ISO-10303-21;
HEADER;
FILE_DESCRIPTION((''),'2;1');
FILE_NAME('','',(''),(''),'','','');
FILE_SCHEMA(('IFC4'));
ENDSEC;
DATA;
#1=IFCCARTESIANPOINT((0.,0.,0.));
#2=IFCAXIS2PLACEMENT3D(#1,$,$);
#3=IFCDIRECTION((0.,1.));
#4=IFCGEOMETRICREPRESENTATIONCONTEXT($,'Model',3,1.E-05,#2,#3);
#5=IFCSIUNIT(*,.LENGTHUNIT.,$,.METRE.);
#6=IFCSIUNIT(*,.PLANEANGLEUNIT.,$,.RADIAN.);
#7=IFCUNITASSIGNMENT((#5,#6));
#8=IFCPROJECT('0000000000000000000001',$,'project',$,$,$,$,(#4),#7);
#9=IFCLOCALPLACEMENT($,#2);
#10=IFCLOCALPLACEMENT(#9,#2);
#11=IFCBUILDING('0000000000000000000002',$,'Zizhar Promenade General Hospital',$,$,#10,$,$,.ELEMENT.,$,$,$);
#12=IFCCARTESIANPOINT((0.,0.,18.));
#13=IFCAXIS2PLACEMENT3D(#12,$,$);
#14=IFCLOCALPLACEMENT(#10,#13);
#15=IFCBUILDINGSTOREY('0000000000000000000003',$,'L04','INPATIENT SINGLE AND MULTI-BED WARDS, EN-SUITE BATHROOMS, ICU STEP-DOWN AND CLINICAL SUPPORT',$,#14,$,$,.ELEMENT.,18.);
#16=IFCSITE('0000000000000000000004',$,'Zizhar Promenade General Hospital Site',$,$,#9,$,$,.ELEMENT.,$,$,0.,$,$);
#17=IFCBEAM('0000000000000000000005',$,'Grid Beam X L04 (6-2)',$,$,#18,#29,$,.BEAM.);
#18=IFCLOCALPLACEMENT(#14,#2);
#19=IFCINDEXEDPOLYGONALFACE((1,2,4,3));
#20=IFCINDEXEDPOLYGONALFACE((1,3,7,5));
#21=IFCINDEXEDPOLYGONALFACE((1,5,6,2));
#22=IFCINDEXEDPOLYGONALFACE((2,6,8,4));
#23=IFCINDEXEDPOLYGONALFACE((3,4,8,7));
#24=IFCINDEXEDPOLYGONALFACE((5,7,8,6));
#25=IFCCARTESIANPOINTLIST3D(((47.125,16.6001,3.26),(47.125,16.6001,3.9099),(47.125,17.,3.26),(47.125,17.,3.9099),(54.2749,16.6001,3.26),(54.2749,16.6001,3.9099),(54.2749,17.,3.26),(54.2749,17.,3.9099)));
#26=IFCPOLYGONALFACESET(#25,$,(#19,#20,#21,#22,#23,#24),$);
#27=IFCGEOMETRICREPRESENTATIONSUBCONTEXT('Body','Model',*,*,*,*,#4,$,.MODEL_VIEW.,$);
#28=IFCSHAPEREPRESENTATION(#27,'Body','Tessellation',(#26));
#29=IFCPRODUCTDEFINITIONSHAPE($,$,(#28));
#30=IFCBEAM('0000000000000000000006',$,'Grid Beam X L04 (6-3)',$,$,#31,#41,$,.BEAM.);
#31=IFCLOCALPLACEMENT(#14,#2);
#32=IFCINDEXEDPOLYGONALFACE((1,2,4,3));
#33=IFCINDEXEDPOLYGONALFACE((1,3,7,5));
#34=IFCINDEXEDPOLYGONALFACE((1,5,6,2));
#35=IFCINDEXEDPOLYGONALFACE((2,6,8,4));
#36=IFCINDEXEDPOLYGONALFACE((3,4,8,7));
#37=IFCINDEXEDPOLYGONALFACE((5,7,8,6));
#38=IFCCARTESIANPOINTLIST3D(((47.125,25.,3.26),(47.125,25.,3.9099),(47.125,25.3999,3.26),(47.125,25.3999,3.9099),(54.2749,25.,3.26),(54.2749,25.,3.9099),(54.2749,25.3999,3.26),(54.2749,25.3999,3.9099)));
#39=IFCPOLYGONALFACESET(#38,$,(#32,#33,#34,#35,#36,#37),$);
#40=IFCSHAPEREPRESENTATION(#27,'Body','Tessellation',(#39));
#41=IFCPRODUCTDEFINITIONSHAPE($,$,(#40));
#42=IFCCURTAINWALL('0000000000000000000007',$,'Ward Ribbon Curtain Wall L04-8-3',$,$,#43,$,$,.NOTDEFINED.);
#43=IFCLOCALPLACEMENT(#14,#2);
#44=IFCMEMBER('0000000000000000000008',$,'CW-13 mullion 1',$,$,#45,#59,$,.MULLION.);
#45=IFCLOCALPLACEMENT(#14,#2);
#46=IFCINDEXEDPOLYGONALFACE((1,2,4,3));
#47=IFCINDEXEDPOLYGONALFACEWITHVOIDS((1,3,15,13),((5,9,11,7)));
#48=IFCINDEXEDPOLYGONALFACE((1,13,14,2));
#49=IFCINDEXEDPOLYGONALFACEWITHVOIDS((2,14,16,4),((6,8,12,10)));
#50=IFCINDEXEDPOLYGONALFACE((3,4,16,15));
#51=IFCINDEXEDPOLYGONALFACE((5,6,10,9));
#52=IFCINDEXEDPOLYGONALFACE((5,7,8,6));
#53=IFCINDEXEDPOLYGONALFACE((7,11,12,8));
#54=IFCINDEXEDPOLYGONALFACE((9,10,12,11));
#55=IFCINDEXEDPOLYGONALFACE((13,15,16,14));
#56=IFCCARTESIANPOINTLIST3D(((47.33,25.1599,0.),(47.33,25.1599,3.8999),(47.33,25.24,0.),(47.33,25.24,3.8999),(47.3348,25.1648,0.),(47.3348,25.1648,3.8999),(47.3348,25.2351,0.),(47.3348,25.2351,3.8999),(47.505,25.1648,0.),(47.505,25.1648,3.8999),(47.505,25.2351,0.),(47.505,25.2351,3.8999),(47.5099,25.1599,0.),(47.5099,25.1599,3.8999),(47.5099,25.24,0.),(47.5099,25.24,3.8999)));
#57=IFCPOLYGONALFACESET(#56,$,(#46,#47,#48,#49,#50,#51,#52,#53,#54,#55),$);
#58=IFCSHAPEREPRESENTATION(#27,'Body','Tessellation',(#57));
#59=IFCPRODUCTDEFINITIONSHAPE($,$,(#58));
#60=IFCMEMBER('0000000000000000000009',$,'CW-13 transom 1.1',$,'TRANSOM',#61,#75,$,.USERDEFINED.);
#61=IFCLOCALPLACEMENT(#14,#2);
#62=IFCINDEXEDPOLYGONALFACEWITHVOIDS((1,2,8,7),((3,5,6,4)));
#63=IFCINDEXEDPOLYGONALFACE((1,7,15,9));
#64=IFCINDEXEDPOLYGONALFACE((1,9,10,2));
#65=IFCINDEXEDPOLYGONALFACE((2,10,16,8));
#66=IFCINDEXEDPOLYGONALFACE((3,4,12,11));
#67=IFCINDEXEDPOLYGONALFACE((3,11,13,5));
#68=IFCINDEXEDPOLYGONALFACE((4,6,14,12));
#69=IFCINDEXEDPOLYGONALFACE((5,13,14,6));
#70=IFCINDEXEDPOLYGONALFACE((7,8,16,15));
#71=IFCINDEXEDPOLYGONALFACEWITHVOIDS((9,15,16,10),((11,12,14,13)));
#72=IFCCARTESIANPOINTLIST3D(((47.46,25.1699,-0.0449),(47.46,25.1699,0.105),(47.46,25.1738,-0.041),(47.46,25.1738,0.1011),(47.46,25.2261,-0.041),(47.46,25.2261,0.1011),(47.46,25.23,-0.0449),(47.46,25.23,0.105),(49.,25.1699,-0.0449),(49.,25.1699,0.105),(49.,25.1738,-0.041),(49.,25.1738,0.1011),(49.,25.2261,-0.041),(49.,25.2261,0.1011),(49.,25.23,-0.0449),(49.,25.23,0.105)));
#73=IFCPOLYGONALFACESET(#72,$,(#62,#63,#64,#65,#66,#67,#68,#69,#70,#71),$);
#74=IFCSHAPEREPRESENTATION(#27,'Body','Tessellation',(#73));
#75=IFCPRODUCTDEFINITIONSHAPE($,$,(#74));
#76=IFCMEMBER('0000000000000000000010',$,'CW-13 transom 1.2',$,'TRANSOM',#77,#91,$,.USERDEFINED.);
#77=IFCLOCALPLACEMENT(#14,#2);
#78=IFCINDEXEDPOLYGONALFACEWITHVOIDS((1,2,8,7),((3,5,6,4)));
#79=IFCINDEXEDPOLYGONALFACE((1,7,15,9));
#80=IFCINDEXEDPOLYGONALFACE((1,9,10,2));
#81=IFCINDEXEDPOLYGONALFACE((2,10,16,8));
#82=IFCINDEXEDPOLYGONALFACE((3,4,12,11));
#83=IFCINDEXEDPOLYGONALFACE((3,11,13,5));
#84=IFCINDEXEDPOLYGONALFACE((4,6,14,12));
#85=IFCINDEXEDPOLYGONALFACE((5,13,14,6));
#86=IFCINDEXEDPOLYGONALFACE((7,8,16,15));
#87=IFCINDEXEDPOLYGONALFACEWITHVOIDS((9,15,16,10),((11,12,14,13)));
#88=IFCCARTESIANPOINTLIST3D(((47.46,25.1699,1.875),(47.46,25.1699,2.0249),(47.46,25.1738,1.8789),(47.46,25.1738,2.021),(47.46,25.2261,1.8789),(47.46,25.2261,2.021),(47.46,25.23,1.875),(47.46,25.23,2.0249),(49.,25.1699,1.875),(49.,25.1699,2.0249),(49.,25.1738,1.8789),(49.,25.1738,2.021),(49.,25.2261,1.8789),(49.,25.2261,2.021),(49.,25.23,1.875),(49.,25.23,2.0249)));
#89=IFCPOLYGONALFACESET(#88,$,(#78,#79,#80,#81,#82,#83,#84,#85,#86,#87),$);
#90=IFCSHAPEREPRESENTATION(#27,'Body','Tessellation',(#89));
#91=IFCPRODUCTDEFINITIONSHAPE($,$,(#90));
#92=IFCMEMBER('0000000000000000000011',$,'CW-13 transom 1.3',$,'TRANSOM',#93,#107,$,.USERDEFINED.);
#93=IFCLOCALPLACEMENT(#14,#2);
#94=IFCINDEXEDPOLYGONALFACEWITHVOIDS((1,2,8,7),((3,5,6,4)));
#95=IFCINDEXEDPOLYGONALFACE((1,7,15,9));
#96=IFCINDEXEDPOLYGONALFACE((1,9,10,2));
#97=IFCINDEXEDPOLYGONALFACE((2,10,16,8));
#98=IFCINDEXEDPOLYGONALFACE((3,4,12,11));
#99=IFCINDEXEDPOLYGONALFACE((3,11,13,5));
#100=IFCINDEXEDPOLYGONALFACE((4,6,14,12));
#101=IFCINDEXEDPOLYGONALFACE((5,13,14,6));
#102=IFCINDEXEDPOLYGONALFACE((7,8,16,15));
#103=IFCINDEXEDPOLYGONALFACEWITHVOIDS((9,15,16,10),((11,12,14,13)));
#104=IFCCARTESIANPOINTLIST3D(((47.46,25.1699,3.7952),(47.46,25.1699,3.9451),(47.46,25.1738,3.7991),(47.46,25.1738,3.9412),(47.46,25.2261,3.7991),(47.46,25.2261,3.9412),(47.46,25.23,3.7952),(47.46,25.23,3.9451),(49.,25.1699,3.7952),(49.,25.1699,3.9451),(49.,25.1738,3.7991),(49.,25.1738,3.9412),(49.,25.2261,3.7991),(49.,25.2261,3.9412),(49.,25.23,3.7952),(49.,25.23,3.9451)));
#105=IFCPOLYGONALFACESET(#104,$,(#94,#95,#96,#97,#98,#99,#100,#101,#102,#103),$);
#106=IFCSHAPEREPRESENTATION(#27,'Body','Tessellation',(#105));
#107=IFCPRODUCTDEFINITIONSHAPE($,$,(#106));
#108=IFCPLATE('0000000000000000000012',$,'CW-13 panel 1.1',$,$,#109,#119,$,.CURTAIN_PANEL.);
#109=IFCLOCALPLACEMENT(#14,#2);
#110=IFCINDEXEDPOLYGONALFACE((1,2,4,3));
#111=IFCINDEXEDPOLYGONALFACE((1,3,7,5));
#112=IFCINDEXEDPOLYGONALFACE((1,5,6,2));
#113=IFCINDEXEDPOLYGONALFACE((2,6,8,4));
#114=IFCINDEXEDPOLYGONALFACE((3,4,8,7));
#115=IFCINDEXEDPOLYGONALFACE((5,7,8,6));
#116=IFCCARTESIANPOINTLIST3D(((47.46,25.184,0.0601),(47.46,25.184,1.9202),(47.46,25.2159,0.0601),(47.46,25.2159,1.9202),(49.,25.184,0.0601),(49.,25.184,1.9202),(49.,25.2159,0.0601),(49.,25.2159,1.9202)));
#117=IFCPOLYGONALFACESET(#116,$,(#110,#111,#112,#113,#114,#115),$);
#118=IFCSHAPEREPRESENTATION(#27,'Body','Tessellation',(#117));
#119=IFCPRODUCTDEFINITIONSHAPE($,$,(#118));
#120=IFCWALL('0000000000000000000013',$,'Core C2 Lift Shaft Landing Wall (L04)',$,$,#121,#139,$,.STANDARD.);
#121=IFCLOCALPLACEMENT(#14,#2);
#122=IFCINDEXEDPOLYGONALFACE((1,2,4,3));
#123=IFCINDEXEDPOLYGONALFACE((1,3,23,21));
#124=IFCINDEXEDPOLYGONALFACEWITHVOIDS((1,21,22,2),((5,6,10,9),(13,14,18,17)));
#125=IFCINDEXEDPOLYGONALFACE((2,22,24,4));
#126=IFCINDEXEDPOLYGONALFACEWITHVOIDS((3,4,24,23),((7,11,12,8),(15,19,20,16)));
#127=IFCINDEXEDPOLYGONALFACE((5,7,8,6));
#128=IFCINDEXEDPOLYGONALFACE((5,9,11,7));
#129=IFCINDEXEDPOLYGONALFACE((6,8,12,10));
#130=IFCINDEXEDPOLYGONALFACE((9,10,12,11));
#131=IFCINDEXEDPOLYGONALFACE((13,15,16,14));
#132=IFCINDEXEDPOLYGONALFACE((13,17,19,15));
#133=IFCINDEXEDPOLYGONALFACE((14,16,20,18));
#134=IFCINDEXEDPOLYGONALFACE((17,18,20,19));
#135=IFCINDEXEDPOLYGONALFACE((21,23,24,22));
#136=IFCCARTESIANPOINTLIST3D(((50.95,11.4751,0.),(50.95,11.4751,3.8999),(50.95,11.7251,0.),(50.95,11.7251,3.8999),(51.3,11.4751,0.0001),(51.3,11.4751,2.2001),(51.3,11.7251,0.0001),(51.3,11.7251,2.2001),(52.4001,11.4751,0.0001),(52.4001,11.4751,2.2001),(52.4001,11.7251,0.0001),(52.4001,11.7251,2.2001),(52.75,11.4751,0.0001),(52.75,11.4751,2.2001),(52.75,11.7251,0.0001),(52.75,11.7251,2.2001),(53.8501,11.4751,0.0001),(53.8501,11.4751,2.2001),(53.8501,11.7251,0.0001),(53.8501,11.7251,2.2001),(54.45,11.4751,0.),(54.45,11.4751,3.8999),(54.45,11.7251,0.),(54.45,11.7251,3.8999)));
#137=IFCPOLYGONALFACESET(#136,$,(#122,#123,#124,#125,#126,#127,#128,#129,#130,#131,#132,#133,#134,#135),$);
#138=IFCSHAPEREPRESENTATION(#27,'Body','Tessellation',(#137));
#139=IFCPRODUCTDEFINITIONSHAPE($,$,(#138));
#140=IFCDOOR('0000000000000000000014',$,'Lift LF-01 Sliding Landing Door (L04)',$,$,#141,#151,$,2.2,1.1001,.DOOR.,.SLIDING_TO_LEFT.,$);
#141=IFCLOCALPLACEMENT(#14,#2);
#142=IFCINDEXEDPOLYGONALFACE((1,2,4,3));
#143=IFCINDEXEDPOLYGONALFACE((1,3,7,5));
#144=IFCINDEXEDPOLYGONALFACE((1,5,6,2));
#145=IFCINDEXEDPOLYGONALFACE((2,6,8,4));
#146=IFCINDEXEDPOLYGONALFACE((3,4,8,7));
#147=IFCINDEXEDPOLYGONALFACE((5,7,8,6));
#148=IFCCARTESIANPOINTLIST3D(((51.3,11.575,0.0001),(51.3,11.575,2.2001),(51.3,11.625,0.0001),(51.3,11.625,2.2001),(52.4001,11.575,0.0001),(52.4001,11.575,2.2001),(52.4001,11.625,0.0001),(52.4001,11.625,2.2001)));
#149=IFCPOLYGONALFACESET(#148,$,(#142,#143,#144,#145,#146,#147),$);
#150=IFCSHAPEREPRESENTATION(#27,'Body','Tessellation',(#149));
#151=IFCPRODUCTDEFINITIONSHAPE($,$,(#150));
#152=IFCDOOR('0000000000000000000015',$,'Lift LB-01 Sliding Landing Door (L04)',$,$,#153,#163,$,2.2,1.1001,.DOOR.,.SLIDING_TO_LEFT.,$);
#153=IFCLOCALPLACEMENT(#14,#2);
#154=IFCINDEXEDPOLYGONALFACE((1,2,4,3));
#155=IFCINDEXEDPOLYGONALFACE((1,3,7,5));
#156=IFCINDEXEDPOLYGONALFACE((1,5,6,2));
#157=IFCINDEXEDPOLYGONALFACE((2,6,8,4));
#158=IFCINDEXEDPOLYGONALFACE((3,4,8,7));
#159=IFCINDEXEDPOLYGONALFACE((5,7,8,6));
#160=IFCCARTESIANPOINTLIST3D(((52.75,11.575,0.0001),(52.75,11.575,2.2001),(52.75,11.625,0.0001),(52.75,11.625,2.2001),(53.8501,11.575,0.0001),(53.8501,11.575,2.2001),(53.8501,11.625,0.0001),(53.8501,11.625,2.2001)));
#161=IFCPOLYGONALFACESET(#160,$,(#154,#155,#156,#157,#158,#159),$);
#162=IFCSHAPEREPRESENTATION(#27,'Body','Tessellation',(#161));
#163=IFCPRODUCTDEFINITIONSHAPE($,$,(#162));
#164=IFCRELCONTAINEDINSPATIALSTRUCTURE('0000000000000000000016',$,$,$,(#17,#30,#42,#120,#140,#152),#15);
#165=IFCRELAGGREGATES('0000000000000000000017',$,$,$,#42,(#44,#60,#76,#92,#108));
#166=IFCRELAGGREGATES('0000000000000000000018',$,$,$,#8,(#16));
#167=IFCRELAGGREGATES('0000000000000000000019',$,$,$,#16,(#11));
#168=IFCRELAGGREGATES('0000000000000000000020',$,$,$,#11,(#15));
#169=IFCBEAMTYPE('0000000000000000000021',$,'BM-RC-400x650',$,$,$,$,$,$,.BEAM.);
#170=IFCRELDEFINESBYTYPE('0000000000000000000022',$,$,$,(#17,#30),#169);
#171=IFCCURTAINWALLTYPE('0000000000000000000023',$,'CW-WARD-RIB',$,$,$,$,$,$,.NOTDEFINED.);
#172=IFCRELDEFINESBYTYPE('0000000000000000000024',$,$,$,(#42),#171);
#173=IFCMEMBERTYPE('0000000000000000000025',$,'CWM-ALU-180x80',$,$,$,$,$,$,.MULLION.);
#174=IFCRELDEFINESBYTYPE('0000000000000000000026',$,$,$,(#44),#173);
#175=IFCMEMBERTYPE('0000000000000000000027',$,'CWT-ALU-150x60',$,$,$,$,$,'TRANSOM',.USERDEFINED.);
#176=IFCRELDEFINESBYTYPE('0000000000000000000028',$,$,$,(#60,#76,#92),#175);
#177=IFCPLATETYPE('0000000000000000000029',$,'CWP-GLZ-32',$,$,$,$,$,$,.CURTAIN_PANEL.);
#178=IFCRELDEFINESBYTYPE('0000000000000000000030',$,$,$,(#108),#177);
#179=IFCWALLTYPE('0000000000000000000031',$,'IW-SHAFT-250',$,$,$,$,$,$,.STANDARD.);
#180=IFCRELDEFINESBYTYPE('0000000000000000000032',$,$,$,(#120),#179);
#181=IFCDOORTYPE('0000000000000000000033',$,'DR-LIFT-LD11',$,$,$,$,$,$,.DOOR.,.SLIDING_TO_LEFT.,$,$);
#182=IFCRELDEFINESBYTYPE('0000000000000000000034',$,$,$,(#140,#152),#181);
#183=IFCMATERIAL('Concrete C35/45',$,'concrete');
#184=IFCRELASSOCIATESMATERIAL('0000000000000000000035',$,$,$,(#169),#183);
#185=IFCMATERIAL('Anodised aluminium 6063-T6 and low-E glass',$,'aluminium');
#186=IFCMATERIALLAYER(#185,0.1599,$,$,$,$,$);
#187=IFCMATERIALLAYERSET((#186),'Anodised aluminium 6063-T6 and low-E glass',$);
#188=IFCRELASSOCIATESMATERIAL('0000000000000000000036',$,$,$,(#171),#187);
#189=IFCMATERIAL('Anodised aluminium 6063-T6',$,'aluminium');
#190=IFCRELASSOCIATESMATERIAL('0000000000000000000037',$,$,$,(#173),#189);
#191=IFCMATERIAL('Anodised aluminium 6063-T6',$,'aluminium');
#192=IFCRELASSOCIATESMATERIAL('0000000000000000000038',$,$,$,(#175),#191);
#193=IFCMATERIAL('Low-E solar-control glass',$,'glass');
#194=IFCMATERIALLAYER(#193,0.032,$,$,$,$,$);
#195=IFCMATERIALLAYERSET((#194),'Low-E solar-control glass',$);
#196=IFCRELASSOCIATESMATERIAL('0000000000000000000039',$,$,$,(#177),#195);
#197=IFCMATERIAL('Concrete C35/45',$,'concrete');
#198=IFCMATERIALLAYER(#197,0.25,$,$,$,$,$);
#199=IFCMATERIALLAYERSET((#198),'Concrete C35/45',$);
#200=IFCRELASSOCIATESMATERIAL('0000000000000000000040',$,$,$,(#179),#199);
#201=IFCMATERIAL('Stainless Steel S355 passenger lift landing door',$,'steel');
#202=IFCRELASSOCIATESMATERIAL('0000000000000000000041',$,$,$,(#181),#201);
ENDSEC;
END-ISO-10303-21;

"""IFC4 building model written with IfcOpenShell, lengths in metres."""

from ifc_helpers import new_model, si_unit, direction, frame, frame_2d, origin, origin_2d, place, context, subcontext, project, spatial, rectangle, hollow_rectangle, extrude, material, layer, layer_set, material_profile, profile_set, type_object, element, fill, aggregate, save


model = new_model("IFC4")

# Units and contexts
model_context = context("Model", 3, precision=1e-05, world=origin(), true_north=direction((0.0, 1.0)))
body_context = subcontext(model_context, "Body", "Model", "MODEL_VIEW")
ifc_project = project(units=[si_unit("LENGTHUNIT", "METRE"), si_unit("PLANEANGLEUNIT", "RADIAN")], contexts=[model_context])

# Site, building, storey
site_placement = place(None, origin())
site = spatial("IfcSite", under=ifc_project, at=site_placement, Name="Zizhar Promenade General Hospital Site", CompositionType="ELEMENT", RefElevation=0.0)
building_placement = place(site_placement, origin())
building = spatial("IfcBuilding", under=site, at=building_placement, Name="Zizhar Promenade General Hospital", CompositionType="ELEMENT")
storey_placement = place(building_placement, frame((0.0, 0.0, 18.0)))
storey = spatial("IfcBuildingStorey", under=building, at=storey_placement, Name="L04", Description="INPATIENT SINGLE AND MULTI-BED WARDS, EN-SUITE BATHROOMS, ICU STEP-DOWN AND CLINICAL SUPPORT", CompositionType="ELEMENT", Elevation=18.0)

# Beams
ifc_material_1 = material(Name="Concrete C35/45", Category="concrete")
ifc_material_profile_1 = material_profile(ifc_material_1, rectangle(XDim=0.3999, YDim=0.6499, at=origin_2d()))
ifc_profile_set_1 = profile_set([ifc_material_profile_1], Name="Concrete C35/45")
beam_type = type_object("IfcBeamType", Name="BM-RC-400x650", PredefinedType="BEAM", material=ifc_profile_set_1)
for number, where, z_axis, x_axis, name in (
    (1, (47.125, 16.8, 3.585), (1.0, 0.0, 0.0), (0.0, 1.0, 0.0), "Grid Beam X L04 (6-2)"),
    (2, (47.125, 25.2, 3.585), (1.0, 0.0, 0.0), (0.0, 1.0, 0.0), "Grid Beam X L04 (6-3)"),
):
    element("IfcBeam", number, at=place(storey_placement, frame(where, z_axis=z_axis, x_axis=x_axis)), inside=storey, type_object=beam_type, Name=name, PredefinedType="BEAM", context=body_context, shape_type="SweptSolid", body=[
        extrude(rectangle(XDim=0.3999, YDim=0.6499, at=origin_2d()), origin(), (0.0, 0.0, 1.0), 7.1499),
    ])

# Curtain wall, members, plate
ifc_material_2 = material(Name="Anodised aluminium 6063-T6 and low-E glass", Category="aluminium")
ifc_layer_1 = layer(ifc_material_2, 0.1599)
ifc_layer_set_1 = layer_set([ifc_layer_1], Name="Anodised aluminium 6063-T6 and low-E glass")
curtain_wall_type = type_object("IfcCurtainWallType", Name="CW-WARD-RIB", PredefinedType="NOTDEFINED", material=ifc_layer_set_1)
curtain_wall_placement = place(storey_placement, origin())
curtain_wall = element("IfcCurtainWall", 3, at=curtain_wall_placement, inside=storey, type_object=curtain_wall_type, Name="Ward Ribbon Curtain Wall L04-8-3", PredefinedType="NOTDEFINED")
ifc_material_3 = material(Name="Anodised aluminium 6063-T6", Category="aluminium")
ifc_material_profile_2 = material_profile(ifc_material_3, hollow_rectangle(XDim=0.0801, YDim=0.1799, WallThickness=0.0049, at=origin_2d()))
ifc_profile_set_2 = profile_set([ifc_material_profile_2], Name="Anodised aluminium 6063-T6")
member_type_1 = type_object("IfcMemberType", Name="CWM-ALU-180x80", PredefinedType="MULLION", material=ifc_profile_set_2)
member_1_placement = place(storey_placement, frame((47.4199, 25.2, 0.0), z_axis=(0.0, 0.0, 1.0), x_axis=(0.0, 1.0, 0.0)))
member_1 = element("IfcMember", 4, at=member_1_placement, type_object=member_type_1, Name="CW-13 mullion 1", PredefinedType="MULLION", context=body_context, shape_type="SweptSolid", body=[
    extrude(hollow_rectangle(XDim=0.0801, YDim=0.1799, WallThickness=0.0049, at=origin_2d()), origin(), (0.0, 0.0, 1.0), 3.8999),
])
ifc_material_4 = material(Name="Anodised aluminium 6063-T6", Category="aluminium")
ifc_material_profile_3 = material_profile(ifc_material_4, hollow_rectangle(XDim=0.0601, YDim=0.1499, WallThickness=0.0039, at=origin_2d()))
ifc_profile_set_3 = profile_set([ifc_material_profile_3], Name="Anodised aluminium 6063-T6")
member_type_2 = type_object("IfcMemberType", Name="CWT-ALU-150x60", ElementType="TRANSOM", PredefinedType="USERDEFINED", material=ifc_profile_set_3)
member_2_placement = place(storey_placement, frame((47.46, 25.2, 0.03), z_axis=(1.0, 0.0, 0.0), x_axis=(0.0, 1.0, 0.0)))
member_2 = element("IfcMember", 5, at=member_2_placement, type_object=member_type_2, Name="CW-13 transom 1.1", ObjectType="TRANSOM", PredefinedType="USERDEFINED", context=body_context, shape_type="SweptSolid", body=[
    extrude(hollow_rectangle(XDim=0.0601, YDim=0.1499, WallThickness=0.0039, at=origin_2d()), origin(), (0.0, 0.0, 1.0), 1.54),
])
member_3_placement = place(storey_placement, frame((47.46, 25.2, 1.95), z_axis=(1.0, 0.0, 0.0), x_axis=(0.0, 1.0, 0.0)))
member_3 = element("IfcMember", 6, at=member_3_placement, type_object=member_type_2, Name="CW-13 transom 1.2", ObjectType="TRANSOM", PredefinedType="USERDEFINED", context=body_context, shape_type="SweptSolid", body=[
    extrude(hollow_rectangle(XDim=0.0601, YDim=0.1499, WallThickness=0.0039, at=origin_2d()), origin(), (0.0, 0.0, 1.0), 1.54),
])
member_4_placement = place(storey_placement, frame((47.46, 25.2, 3.8701), z_axis=(1.0, 0.0, 0.0), x_axis=(0.0, 1.0, 0.0)))
member_4 = element("IfcMember", 7, at=member_4_placement, type_object=member_type_2, Name="CW-13 transom 1.3", ObjectType="TRANSOM", PredefinedType="USERDEFINED", context=body_context, shape_type="SweptSolid", body=[
    extrude(hollow_rectangle(XDim=0.0601, YDim=0.1499, WallThickness=0.0039, at=origin_2d()), origin(), (0.0, 0.0, 1.0), 1.54),
])
ifc_material_5 = material(Name="Low-E solar-control glass", Category="glass")
ifc_layer_2 = layer(ifc_material_5, 0.032)
ifc_layer_set_2 = layer_set([ifc_layer_2], Name="Low-E solar-control glass")
plate_type = type_object("IfcPlateType", Name="CWP-GLZ-32", PredefinedType="CURTAIN_PANEL", material=ifc_layer_set_2)
plate_placement = place(storey_placement, frame((48.23, 25.2, 0.0601), z_axis=(0.0, 0.0, 1.0), x_axis=(1.0, 0.0, 0.0)))
plate = element("IfcPlate", 8, at=plate_placement, type_object=plate_type, Name="CW-13 panel 1.1", PredefinedType="CURTAIN_PANEL", context=body_context, shape_type="SweptSolid", body=[
    extrude(rectangle(XDim=1.54, YDim=0.032, at=origin_2d()), origin(), (0.0, 0.0, 1.0), 1.8601),
])
aggregate(curtain_wall, [member_1, member_2, member_3, member_4, plate])

# Wall, openings, doors
ifc_material_6 = material(Name="Concrete C35/45", Category="concrete")
ifc_layer_3 = layer(ifc_material_6, 0.25)
ifc_layer_set_3 = layer_set([ifc_layer_3], Name="Concrete C35/45")
wall_type_1 = type_object("IfcWallType", Name="IW-SHAFT-250", PredefinedType="STANDARD", material=ifc_layer_set_3)
wall_1_placement = place(storey_placement, frame((50.95, 11.6001, 0.0), z_axis=(0.0, 0.0, 1.0), x_axis=(1.0, 0.0, 0.0)))
wall_1 = element("IfcWall", 9, at=wall_1_placement, inside=storey, type_object=wall_type_1, Name="Core C2 Lift Shaft Landing Wall (L04)", PredefinedType="STANDARD", context=body_context, shape_type="SweptSolid", body=[
    extrude(rectangle(XDim=3.5, YDim=0.25, at=frame_2d((1.75, 0.0))), origin(), (0.0, 0.0, 1.0), 3.8999),
])
opening_1_placement = place(wall_1_placement, frame((0.3501, 0.0, 0.0)))
opening_1 = element("IfcOpeningElement", 10, at=opening_1_placement, cuts=wall_1, PredefinedType="OPENING", context=body_context, shape_type="SweptSolid", body=[
    extrude(rectangle(XDim=1.1001, YDim=2.2, at=frame_2d((0.55, 1.1001))), frame((0.0, 0.135, 0.0), z_axis=(0.0, -1.0, 0.0), x_axis=(1.0, 0.0, 0.0)), (0.0, 0.0, 1.0), 0.27),
])
opening_2_placement = place(wall_1_placement, frame((1.8, 0.0, 0.0)))
opening_2 = element("IfcOpeningElement", 11, at=opening_2_placement, cuts=wall_1, PredefinedType="OPENING", context=body_context, shape_type="SweptSolid", body=[
    extrude(rectangle(XDim=1.1001, YDim=2.2, at=frame_2d((0.55, 1.1001))), frame((0.0, 0.135, 0.0), z_axis=(0.0, -1.0, 0.0), x_axis=(1.0, 0.0, 0.0)), (0.0, 0.0, 1.0), 0.27),
])
ifc_material_7 = material(Name="Stainless Steel S355 passenger lift landing door", Category="steel")
door_type_1 = type_object("IfcDoorType", Name="DR-LIFT-LD11", OperationType="SLIDING_TO_LEFT", PredefinedType="DOOR", material=ifc_material_7)
door_1_placement = place(opening_1_placement, origin())
door_1 = element("IfcDoor", 12, at=door_1_placement, inside=storey, type_object=door_type_1, Name="Lift LF-01 Sliding Landing Door (L04)", OperationType="SLIDING_TO_LEFT", OverallHeight=2.2, OverallWidth=1.1001, PredefinedType="DOOR", context=body_context, shape_type="SweptSolid", body=[
    extrude(rectangle(XDim=1.1001, YDim=2.2, at=frame_2d((0.55, 1.1001))), frame((0.0, 0.0249, 0.0), z_axis=(0.0, -1.0, 0.0), x_axis=(1.0, 0.0, 0.0)), (0.0, 0.0, 1.0), 0.05),
])
fill(opening_1, door_1)
door_2_placement = place(opening_2_placement, origin())
door_2 = element("IfcDoor", 13, at=door_2_placement, inside=storey, type_object=door_type_1, Name="Lift LB-01 Sliding Landing Door (L04)", OperationType="SLIDING_TO_LEFT", OverallHeight=2.2, OverallWidth=1.1001, PredefinedType="DOOR", context=body_context, shape_type="SweptSolid", body=[
    extrude(rectangle(XDim=1.1001, YDim=2.2, at=frame_2d((0.55, 1.1001))), frame((0.0, 0.0249, 0.0), z_axis=(0.0, -1.0, 0.0), x_axis=(1.0, 0.0, 0.0)), (0.0, 0.0, 1.0), 0.05),
])
fill(opening_2, door_2)

save(model, "model.ifc")
